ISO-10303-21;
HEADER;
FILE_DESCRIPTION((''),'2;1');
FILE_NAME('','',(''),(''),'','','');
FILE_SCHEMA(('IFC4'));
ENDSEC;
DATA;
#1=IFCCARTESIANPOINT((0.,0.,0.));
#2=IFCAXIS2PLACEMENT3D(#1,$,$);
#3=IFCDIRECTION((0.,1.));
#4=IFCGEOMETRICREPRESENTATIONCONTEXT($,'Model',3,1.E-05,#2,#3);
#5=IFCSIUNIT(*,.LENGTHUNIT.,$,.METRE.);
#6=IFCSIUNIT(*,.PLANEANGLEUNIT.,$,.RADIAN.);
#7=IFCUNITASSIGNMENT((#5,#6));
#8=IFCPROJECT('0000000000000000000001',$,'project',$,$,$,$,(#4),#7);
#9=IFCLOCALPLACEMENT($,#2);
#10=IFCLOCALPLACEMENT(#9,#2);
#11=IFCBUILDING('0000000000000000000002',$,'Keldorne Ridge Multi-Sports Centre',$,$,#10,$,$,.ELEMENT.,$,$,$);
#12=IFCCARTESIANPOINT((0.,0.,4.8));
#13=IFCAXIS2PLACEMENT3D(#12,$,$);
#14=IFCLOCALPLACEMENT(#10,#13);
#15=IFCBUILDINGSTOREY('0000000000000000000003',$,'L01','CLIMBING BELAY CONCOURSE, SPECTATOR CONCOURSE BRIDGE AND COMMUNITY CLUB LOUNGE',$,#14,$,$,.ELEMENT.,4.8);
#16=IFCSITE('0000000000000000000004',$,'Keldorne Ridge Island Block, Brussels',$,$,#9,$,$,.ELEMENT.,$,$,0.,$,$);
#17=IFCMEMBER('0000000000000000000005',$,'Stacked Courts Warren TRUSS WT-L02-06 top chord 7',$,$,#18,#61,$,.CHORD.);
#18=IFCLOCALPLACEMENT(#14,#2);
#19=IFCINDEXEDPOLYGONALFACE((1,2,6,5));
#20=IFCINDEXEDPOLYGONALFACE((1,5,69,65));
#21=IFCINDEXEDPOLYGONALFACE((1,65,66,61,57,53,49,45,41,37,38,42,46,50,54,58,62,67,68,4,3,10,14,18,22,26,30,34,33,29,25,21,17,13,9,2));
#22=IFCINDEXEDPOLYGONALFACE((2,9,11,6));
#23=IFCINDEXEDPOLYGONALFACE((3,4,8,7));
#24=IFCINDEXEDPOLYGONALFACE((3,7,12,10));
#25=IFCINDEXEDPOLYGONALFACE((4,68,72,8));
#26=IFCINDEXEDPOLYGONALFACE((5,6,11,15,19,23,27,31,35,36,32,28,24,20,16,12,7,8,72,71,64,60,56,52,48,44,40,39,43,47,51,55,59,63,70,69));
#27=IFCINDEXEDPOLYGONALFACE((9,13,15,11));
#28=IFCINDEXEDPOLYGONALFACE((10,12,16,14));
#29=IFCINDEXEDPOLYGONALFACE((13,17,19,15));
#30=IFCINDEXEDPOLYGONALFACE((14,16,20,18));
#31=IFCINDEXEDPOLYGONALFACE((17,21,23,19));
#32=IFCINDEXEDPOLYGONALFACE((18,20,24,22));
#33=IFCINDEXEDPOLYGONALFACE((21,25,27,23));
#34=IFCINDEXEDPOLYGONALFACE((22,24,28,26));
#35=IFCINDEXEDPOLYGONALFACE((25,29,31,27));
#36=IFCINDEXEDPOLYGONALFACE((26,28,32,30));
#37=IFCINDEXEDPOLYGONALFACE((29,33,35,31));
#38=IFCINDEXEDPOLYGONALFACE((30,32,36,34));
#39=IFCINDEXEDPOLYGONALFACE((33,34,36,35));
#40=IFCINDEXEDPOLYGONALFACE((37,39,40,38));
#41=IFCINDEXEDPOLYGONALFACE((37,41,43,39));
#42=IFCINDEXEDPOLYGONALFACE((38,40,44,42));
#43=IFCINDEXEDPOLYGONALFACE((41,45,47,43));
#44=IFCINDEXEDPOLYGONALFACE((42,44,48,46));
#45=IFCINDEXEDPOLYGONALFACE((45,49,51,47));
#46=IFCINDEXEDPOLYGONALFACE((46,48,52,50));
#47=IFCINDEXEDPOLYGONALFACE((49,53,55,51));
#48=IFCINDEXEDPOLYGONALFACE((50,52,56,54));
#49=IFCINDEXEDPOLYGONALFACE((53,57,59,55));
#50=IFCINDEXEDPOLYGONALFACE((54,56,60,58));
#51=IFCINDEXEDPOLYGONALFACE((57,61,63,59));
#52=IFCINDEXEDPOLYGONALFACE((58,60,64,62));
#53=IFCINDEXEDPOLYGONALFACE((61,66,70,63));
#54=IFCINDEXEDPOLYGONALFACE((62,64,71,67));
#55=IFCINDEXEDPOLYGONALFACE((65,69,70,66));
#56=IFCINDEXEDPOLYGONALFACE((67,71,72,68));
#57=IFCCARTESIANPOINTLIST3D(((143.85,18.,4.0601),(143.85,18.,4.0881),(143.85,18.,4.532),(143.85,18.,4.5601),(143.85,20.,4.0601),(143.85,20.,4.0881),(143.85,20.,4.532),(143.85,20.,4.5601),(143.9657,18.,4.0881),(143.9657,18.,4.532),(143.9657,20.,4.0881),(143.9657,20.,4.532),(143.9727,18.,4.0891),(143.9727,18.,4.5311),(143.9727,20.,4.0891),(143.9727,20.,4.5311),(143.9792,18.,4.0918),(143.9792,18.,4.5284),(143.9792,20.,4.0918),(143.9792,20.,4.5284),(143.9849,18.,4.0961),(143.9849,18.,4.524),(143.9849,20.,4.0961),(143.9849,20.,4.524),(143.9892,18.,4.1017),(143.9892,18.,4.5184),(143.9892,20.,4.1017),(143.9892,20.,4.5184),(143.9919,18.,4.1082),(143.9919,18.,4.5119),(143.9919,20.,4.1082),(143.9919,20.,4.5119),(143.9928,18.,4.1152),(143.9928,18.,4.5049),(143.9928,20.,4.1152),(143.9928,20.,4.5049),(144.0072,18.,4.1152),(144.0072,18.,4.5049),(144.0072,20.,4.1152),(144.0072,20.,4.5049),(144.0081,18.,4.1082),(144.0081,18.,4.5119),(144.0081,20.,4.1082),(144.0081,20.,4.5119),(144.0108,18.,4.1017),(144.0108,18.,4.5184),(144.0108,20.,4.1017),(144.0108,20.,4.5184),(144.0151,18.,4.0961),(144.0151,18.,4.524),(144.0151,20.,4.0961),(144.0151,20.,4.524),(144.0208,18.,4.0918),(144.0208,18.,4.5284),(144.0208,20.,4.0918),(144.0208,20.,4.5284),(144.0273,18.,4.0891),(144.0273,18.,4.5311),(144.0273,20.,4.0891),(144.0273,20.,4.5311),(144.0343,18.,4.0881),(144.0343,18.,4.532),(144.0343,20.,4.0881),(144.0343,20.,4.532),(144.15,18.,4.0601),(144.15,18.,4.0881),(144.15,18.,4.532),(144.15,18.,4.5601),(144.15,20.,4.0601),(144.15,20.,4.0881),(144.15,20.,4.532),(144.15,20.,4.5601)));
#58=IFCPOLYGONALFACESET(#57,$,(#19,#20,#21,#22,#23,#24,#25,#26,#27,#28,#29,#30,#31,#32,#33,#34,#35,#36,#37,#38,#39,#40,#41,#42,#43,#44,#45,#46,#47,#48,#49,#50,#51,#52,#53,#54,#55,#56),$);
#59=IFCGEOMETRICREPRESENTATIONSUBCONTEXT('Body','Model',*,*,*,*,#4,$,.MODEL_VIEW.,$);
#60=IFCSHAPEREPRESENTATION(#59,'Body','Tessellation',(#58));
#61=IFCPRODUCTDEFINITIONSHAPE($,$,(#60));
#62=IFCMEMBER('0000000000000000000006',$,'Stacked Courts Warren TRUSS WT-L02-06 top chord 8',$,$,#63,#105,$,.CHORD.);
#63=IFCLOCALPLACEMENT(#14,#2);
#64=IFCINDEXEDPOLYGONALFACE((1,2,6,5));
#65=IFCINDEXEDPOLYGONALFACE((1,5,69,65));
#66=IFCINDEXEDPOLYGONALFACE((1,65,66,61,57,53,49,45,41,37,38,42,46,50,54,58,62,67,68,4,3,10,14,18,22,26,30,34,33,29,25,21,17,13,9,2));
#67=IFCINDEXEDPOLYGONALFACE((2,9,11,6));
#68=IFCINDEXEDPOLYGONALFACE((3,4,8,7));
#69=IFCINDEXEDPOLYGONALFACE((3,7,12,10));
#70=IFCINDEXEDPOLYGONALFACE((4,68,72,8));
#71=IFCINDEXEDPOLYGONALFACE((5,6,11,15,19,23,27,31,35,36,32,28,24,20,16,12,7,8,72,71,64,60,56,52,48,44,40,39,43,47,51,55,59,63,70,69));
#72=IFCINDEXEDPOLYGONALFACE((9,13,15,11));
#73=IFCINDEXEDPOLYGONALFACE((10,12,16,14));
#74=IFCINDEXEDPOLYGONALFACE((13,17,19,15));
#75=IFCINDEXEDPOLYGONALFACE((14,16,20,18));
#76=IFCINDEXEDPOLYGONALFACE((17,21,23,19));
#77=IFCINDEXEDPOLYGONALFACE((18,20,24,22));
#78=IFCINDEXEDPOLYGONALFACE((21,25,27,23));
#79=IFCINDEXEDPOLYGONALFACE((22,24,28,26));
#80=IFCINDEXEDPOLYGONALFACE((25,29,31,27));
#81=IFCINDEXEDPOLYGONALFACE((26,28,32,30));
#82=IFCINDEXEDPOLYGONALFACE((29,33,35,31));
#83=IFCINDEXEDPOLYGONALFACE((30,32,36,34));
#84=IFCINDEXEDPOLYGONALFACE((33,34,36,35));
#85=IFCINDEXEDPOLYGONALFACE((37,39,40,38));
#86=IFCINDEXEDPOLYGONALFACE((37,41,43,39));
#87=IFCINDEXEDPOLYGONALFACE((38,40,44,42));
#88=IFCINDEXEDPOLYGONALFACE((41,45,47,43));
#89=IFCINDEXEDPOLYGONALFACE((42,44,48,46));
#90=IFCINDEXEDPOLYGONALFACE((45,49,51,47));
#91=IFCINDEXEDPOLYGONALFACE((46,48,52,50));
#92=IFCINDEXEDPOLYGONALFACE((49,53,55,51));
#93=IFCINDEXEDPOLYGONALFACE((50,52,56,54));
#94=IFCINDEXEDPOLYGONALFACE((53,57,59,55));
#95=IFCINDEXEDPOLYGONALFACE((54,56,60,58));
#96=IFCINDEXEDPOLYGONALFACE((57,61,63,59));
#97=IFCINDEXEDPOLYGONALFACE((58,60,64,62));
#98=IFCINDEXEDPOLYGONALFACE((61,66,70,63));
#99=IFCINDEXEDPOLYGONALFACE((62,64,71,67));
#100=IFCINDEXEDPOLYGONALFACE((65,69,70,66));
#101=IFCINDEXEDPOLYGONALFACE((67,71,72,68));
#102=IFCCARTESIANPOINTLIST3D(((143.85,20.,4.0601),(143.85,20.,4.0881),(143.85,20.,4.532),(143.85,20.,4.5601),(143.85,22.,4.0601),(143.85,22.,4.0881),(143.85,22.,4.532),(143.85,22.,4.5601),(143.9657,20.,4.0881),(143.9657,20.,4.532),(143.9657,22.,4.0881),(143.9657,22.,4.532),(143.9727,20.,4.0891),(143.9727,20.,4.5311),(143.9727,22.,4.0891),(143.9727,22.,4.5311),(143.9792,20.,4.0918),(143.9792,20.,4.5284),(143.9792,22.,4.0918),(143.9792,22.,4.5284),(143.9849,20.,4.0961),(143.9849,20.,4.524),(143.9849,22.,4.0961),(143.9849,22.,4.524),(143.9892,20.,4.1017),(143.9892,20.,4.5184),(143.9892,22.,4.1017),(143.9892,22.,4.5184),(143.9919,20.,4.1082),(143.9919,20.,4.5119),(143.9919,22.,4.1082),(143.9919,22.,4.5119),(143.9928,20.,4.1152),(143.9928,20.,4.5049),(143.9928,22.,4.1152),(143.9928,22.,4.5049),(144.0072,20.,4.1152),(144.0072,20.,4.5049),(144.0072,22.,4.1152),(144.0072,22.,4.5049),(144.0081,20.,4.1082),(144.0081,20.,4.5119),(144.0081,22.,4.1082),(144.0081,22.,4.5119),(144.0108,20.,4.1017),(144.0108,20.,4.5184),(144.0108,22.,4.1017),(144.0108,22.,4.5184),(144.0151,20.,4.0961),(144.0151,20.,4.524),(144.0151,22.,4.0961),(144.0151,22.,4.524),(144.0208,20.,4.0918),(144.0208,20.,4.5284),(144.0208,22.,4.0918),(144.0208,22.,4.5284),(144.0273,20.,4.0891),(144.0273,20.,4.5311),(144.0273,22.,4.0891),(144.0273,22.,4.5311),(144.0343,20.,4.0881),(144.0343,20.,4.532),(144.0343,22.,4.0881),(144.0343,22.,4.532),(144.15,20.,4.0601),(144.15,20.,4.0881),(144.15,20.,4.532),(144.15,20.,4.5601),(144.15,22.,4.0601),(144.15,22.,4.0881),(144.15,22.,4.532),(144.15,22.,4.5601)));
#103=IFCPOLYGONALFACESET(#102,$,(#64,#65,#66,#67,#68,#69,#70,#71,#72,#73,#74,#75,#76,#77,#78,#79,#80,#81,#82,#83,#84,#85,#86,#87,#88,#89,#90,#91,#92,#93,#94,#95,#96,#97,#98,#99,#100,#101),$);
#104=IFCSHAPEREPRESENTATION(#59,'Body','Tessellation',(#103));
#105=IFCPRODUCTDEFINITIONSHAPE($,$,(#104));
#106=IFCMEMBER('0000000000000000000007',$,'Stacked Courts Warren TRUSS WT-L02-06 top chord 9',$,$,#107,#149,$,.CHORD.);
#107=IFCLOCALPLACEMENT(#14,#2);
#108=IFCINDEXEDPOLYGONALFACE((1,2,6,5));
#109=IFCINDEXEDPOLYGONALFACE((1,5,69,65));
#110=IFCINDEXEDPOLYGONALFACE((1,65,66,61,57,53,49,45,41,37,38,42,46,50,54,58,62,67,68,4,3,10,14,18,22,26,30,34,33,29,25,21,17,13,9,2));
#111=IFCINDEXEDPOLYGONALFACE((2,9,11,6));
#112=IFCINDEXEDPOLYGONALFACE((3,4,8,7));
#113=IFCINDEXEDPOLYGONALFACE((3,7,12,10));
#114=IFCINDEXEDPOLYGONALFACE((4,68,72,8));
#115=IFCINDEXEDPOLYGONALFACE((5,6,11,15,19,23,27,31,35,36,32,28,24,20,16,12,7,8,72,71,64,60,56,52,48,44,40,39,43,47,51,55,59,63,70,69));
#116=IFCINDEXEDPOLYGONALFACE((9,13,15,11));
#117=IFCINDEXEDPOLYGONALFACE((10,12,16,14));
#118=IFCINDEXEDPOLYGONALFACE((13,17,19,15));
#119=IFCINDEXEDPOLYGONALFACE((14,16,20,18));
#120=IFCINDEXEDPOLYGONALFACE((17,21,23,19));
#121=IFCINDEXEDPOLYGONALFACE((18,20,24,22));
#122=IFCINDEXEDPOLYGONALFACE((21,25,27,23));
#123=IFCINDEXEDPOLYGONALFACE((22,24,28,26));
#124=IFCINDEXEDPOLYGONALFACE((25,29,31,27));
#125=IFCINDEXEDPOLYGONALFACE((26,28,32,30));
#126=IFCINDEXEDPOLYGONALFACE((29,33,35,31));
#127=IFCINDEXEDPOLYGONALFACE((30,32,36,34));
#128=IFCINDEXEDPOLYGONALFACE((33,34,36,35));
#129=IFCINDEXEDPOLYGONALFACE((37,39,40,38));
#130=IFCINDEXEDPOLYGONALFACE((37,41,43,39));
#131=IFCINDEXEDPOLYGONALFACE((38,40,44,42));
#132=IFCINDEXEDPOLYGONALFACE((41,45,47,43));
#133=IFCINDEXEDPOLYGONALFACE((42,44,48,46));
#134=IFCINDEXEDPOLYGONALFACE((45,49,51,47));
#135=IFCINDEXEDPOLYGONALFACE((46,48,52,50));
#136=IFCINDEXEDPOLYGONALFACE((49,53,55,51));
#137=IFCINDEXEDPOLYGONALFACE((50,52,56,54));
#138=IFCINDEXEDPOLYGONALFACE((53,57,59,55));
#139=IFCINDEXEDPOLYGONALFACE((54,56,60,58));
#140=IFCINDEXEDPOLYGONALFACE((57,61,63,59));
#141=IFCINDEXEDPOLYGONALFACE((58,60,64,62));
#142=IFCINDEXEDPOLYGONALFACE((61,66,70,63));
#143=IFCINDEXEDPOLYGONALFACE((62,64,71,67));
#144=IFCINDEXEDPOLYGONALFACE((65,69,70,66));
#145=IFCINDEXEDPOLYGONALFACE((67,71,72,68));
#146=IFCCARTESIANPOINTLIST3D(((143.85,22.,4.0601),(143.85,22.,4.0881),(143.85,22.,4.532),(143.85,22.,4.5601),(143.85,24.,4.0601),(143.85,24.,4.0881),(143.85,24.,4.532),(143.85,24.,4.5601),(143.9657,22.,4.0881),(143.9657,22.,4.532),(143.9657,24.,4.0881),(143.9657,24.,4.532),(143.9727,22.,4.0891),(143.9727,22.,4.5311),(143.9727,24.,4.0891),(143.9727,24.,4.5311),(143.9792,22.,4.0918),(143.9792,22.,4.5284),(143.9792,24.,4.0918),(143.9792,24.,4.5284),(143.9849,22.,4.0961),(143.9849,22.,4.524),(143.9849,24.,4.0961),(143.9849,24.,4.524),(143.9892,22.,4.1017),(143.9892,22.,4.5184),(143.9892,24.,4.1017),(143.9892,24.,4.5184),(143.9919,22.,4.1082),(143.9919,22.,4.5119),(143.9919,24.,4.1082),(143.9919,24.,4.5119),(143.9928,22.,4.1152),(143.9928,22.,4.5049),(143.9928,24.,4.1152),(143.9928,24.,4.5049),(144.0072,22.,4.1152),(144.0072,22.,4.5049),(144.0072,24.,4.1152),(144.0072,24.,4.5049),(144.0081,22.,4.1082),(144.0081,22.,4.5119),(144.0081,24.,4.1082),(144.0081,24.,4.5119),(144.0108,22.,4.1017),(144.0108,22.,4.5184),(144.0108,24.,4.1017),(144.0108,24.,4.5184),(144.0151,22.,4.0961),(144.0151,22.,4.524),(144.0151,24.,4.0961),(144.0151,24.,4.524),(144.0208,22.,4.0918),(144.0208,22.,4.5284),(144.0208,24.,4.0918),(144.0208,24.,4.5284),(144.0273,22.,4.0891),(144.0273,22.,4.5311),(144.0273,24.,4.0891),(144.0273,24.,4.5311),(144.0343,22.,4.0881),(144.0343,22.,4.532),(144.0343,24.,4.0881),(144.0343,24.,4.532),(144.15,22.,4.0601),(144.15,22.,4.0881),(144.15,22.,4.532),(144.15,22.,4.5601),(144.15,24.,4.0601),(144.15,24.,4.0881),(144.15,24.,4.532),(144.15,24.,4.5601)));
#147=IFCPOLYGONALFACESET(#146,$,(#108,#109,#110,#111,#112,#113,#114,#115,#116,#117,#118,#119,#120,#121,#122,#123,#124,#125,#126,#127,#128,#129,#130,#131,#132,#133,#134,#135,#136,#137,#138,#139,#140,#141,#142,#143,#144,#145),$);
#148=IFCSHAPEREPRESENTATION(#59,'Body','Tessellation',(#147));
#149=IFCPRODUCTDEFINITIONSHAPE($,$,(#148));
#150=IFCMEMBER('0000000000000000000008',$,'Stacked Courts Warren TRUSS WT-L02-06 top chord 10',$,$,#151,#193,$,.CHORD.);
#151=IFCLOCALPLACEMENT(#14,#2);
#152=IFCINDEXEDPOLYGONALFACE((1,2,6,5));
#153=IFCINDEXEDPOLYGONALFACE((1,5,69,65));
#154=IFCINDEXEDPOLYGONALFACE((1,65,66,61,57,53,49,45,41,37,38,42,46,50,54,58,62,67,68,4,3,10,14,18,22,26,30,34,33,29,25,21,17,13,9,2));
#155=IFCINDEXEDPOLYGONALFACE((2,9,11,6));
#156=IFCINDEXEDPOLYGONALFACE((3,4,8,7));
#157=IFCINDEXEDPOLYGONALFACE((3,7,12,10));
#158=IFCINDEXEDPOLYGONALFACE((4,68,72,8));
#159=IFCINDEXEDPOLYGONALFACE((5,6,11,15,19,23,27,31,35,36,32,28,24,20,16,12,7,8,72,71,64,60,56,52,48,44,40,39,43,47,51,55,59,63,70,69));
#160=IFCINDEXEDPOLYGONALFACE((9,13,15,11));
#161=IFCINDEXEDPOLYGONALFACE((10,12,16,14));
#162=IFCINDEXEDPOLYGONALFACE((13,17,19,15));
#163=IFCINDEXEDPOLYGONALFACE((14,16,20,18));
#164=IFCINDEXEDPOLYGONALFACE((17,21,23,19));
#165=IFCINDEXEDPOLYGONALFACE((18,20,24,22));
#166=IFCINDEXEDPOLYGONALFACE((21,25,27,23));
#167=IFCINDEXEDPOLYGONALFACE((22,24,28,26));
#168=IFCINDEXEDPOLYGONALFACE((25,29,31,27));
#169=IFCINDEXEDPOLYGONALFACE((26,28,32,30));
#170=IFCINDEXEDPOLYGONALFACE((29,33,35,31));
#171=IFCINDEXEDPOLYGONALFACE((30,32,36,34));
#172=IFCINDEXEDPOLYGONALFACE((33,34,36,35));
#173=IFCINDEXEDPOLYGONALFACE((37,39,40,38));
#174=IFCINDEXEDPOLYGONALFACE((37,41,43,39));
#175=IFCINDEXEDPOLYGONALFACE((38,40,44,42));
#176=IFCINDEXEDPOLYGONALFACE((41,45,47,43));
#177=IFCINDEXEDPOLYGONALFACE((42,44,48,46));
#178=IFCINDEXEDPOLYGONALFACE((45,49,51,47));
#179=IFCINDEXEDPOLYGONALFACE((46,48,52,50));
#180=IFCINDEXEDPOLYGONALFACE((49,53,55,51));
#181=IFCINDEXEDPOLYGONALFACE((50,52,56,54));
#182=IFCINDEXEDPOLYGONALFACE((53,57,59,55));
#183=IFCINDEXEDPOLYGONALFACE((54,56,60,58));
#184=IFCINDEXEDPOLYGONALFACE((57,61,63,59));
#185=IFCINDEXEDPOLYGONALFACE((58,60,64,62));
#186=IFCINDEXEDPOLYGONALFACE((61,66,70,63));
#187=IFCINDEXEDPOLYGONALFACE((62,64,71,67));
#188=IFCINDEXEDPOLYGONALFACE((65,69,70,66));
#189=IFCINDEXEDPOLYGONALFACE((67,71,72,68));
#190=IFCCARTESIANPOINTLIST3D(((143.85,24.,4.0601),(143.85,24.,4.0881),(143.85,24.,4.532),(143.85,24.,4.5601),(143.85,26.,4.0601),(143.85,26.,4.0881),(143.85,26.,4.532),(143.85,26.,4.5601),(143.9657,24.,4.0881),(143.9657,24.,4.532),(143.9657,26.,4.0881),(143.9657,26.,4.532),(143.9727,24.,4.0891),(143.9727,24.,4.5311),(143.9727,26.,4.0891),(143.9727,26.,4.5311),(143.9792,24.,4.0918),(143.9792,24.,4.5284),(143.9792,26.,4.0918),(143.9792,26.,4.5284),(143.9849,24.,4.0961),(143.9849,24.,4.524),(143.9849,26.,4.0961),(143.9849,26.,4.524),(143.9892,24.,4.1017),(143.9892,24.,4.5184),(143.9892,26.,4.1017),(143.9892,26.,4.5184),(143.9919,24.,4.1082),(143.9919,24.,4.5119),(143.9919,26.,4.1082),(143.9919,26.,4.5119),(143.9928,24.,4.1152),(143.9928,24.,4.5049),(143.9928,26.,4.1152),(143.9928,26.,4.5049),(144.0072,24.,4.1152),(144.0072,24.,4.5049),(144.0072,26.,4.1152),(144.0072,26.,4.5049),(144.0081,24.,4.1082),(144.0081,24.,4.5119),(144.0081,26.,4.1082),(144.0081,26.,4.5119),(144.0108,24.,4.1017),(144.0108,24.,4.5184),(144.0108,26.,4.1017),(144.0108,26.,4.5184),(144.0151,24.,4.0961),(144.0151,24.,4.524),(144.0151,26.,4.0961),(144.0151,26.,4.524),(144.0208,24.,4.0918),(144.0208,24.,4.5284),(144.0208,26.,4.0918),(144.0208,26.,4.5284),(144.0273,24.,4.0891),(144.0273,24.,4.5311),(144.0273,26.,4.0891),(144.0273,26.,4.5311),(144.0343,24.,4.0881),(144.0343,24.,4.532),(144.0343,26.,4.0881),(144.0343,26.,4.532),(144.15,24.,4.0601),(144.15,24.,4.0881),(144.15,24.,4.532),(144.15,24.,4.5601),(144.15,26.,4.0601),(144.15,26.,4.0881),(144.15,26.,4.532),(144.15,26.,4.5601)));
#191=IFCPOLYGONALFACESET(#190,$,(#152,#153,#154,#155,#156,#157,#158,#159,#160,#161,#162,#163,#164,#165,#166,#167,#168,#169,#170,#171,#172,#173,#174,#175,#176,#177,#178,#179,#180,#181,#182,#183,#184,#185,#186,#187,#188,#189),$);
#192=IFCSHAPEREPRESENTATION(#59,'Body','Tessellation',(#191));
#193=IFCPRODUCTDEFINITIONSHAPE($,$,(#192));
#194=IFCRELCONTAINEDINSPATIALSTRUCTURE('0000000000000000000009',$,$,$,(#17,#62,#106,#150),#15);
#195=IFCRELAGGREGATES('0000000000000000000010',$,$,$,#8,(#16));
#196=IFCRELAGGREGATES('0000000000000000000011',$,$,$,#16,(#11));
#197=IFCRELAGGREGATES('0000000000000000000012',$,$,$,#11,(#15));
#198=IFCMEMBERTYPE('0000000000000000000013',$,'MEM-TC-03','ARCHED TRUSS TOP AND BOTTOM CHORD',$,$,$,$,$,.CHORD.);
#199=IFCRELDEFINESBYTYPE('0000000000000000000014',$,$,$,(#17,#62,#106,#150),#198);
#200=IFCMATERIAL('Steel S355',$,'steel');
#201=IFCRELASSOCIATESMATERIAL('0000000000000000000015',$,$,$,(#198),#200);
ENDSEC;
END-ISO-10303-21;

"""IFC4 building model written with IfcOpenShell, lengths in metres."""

from ifc_helpers import new_model, si_unit, direction, frame, origin, origin_2d, place, context, subcontext, project, spatial, i_section, extrude, material, material_profile, profile_set, type_object, element, save


model = new_model("IFC4")

# Units and contexts
model_context = context("Model", 3, precision=1e-05, world=origin(), true_north=direction((0.0, 1.0)))
body_context = subcontext(model_context, "Body", "Model", "MODEL_VIEW")
ifc_project = project(units=[si_unit("LENGTHUNIT", "METRE"), si_unit("PLANEANGLEUNIT", "RADIAN")], contexts=[model_context])

# Site, building, storey
site_placement = place(None, origin())
site = spatial("IfcSite", under=ifc_project, at=site_placement, Name="Keldorne Ridge Island Block, Brussels", CompositionType="ELEMENT", RefElevation=0.0)
building_placement = place(site_placement, origin())
building = spatial("IfcBuilding", under=site, at=building_placement, Name="Keldorne Ridge Multi-Sports Centre", CompositionType="ELEMENT")
storey_placement = place(building_placement, frame((0.0, 0.0, 4.8)))
storey = spatial("IfcBuildingStorey", under=building, at=storey_placement, Name="L01", Description="CLIMBING BELAY CONCOURSE, SPECTATOR CONCOURSE BRIDGE AND COMMUNITY CLUB LOUNGE", CompositionType="ELEMENT", Elevation=4.8)

# Members
ifc_material = material(Name="Steel S355", Category="steel")
ifc_material_profile_1 = material_profile(ifc_material, i_section(OverallWidth=0.3, OverallDepth=0.5, WebThickness=0.0144, FlangeThickness=0.0281, FilletRadius=0.0271, at=origin_2d()), Name="HEB 500")
ifc_profile_set_1 = profile_set([ifc_material_profile_1], Name="Steel S355")
member_type_1 = type_object("IfcMemberType", Name="MEM-TC-03", Description="ARCHED TRUSS TOP AND BOTTOM CHORD", PredefinedType="CHORD", material=ifc_profile_set_1)
for number, where, z_axis, x_axis, name in (
    (1, (144.0, 18.0, 4.3101), (0.0, 1.0, 0.0), (-1.0, 0.0, 0.0), "Stacked Courts Warren TRUSS WT-L02-06 top chord 7"),
    (2, (144.0, 20.0, 4.3101), (0.0, 1.0, 0.0), (-1.0, 0.0, 0.0), "Stacked Courts Warren TRUSS WT-L02-06 top chord 8"),
    (3, (144.0, 22.0, 4.3101), (0.0, 1.0, 0.0), (-1.0, 0.0, 0.0), "Stacked Courts Warren TRUSS WT-L02-06 top chord 9"),
    (4, (144.0, 24.0, 4.3101), (0.0, 1.0, 0.0), (-1.0, 0.0, 0.0), "Stacked Courts Warren TRUSS WT-L02-06 top chord 10"),
):
    element("IfcMember", number, at=place(storey_placement, frame(where, z_axis=z_axis, x_axis=x_axis)), inside=storey, type_object=member_type_1, Name=name, PredefinedType="CHORD", context=body_context, shape_type="SweptSolid", body=[
        extrude(i_section(OverallWidth=0.3, OverallDepth=0.5, WebThickness=0.0144, FlangeThickness=0.0281, FilletRadius=0.0271, at=origin_2d()), origin(), (0.0, 0.0, 1.0), 2.0),
    ])

save(model, "model.ifc")
